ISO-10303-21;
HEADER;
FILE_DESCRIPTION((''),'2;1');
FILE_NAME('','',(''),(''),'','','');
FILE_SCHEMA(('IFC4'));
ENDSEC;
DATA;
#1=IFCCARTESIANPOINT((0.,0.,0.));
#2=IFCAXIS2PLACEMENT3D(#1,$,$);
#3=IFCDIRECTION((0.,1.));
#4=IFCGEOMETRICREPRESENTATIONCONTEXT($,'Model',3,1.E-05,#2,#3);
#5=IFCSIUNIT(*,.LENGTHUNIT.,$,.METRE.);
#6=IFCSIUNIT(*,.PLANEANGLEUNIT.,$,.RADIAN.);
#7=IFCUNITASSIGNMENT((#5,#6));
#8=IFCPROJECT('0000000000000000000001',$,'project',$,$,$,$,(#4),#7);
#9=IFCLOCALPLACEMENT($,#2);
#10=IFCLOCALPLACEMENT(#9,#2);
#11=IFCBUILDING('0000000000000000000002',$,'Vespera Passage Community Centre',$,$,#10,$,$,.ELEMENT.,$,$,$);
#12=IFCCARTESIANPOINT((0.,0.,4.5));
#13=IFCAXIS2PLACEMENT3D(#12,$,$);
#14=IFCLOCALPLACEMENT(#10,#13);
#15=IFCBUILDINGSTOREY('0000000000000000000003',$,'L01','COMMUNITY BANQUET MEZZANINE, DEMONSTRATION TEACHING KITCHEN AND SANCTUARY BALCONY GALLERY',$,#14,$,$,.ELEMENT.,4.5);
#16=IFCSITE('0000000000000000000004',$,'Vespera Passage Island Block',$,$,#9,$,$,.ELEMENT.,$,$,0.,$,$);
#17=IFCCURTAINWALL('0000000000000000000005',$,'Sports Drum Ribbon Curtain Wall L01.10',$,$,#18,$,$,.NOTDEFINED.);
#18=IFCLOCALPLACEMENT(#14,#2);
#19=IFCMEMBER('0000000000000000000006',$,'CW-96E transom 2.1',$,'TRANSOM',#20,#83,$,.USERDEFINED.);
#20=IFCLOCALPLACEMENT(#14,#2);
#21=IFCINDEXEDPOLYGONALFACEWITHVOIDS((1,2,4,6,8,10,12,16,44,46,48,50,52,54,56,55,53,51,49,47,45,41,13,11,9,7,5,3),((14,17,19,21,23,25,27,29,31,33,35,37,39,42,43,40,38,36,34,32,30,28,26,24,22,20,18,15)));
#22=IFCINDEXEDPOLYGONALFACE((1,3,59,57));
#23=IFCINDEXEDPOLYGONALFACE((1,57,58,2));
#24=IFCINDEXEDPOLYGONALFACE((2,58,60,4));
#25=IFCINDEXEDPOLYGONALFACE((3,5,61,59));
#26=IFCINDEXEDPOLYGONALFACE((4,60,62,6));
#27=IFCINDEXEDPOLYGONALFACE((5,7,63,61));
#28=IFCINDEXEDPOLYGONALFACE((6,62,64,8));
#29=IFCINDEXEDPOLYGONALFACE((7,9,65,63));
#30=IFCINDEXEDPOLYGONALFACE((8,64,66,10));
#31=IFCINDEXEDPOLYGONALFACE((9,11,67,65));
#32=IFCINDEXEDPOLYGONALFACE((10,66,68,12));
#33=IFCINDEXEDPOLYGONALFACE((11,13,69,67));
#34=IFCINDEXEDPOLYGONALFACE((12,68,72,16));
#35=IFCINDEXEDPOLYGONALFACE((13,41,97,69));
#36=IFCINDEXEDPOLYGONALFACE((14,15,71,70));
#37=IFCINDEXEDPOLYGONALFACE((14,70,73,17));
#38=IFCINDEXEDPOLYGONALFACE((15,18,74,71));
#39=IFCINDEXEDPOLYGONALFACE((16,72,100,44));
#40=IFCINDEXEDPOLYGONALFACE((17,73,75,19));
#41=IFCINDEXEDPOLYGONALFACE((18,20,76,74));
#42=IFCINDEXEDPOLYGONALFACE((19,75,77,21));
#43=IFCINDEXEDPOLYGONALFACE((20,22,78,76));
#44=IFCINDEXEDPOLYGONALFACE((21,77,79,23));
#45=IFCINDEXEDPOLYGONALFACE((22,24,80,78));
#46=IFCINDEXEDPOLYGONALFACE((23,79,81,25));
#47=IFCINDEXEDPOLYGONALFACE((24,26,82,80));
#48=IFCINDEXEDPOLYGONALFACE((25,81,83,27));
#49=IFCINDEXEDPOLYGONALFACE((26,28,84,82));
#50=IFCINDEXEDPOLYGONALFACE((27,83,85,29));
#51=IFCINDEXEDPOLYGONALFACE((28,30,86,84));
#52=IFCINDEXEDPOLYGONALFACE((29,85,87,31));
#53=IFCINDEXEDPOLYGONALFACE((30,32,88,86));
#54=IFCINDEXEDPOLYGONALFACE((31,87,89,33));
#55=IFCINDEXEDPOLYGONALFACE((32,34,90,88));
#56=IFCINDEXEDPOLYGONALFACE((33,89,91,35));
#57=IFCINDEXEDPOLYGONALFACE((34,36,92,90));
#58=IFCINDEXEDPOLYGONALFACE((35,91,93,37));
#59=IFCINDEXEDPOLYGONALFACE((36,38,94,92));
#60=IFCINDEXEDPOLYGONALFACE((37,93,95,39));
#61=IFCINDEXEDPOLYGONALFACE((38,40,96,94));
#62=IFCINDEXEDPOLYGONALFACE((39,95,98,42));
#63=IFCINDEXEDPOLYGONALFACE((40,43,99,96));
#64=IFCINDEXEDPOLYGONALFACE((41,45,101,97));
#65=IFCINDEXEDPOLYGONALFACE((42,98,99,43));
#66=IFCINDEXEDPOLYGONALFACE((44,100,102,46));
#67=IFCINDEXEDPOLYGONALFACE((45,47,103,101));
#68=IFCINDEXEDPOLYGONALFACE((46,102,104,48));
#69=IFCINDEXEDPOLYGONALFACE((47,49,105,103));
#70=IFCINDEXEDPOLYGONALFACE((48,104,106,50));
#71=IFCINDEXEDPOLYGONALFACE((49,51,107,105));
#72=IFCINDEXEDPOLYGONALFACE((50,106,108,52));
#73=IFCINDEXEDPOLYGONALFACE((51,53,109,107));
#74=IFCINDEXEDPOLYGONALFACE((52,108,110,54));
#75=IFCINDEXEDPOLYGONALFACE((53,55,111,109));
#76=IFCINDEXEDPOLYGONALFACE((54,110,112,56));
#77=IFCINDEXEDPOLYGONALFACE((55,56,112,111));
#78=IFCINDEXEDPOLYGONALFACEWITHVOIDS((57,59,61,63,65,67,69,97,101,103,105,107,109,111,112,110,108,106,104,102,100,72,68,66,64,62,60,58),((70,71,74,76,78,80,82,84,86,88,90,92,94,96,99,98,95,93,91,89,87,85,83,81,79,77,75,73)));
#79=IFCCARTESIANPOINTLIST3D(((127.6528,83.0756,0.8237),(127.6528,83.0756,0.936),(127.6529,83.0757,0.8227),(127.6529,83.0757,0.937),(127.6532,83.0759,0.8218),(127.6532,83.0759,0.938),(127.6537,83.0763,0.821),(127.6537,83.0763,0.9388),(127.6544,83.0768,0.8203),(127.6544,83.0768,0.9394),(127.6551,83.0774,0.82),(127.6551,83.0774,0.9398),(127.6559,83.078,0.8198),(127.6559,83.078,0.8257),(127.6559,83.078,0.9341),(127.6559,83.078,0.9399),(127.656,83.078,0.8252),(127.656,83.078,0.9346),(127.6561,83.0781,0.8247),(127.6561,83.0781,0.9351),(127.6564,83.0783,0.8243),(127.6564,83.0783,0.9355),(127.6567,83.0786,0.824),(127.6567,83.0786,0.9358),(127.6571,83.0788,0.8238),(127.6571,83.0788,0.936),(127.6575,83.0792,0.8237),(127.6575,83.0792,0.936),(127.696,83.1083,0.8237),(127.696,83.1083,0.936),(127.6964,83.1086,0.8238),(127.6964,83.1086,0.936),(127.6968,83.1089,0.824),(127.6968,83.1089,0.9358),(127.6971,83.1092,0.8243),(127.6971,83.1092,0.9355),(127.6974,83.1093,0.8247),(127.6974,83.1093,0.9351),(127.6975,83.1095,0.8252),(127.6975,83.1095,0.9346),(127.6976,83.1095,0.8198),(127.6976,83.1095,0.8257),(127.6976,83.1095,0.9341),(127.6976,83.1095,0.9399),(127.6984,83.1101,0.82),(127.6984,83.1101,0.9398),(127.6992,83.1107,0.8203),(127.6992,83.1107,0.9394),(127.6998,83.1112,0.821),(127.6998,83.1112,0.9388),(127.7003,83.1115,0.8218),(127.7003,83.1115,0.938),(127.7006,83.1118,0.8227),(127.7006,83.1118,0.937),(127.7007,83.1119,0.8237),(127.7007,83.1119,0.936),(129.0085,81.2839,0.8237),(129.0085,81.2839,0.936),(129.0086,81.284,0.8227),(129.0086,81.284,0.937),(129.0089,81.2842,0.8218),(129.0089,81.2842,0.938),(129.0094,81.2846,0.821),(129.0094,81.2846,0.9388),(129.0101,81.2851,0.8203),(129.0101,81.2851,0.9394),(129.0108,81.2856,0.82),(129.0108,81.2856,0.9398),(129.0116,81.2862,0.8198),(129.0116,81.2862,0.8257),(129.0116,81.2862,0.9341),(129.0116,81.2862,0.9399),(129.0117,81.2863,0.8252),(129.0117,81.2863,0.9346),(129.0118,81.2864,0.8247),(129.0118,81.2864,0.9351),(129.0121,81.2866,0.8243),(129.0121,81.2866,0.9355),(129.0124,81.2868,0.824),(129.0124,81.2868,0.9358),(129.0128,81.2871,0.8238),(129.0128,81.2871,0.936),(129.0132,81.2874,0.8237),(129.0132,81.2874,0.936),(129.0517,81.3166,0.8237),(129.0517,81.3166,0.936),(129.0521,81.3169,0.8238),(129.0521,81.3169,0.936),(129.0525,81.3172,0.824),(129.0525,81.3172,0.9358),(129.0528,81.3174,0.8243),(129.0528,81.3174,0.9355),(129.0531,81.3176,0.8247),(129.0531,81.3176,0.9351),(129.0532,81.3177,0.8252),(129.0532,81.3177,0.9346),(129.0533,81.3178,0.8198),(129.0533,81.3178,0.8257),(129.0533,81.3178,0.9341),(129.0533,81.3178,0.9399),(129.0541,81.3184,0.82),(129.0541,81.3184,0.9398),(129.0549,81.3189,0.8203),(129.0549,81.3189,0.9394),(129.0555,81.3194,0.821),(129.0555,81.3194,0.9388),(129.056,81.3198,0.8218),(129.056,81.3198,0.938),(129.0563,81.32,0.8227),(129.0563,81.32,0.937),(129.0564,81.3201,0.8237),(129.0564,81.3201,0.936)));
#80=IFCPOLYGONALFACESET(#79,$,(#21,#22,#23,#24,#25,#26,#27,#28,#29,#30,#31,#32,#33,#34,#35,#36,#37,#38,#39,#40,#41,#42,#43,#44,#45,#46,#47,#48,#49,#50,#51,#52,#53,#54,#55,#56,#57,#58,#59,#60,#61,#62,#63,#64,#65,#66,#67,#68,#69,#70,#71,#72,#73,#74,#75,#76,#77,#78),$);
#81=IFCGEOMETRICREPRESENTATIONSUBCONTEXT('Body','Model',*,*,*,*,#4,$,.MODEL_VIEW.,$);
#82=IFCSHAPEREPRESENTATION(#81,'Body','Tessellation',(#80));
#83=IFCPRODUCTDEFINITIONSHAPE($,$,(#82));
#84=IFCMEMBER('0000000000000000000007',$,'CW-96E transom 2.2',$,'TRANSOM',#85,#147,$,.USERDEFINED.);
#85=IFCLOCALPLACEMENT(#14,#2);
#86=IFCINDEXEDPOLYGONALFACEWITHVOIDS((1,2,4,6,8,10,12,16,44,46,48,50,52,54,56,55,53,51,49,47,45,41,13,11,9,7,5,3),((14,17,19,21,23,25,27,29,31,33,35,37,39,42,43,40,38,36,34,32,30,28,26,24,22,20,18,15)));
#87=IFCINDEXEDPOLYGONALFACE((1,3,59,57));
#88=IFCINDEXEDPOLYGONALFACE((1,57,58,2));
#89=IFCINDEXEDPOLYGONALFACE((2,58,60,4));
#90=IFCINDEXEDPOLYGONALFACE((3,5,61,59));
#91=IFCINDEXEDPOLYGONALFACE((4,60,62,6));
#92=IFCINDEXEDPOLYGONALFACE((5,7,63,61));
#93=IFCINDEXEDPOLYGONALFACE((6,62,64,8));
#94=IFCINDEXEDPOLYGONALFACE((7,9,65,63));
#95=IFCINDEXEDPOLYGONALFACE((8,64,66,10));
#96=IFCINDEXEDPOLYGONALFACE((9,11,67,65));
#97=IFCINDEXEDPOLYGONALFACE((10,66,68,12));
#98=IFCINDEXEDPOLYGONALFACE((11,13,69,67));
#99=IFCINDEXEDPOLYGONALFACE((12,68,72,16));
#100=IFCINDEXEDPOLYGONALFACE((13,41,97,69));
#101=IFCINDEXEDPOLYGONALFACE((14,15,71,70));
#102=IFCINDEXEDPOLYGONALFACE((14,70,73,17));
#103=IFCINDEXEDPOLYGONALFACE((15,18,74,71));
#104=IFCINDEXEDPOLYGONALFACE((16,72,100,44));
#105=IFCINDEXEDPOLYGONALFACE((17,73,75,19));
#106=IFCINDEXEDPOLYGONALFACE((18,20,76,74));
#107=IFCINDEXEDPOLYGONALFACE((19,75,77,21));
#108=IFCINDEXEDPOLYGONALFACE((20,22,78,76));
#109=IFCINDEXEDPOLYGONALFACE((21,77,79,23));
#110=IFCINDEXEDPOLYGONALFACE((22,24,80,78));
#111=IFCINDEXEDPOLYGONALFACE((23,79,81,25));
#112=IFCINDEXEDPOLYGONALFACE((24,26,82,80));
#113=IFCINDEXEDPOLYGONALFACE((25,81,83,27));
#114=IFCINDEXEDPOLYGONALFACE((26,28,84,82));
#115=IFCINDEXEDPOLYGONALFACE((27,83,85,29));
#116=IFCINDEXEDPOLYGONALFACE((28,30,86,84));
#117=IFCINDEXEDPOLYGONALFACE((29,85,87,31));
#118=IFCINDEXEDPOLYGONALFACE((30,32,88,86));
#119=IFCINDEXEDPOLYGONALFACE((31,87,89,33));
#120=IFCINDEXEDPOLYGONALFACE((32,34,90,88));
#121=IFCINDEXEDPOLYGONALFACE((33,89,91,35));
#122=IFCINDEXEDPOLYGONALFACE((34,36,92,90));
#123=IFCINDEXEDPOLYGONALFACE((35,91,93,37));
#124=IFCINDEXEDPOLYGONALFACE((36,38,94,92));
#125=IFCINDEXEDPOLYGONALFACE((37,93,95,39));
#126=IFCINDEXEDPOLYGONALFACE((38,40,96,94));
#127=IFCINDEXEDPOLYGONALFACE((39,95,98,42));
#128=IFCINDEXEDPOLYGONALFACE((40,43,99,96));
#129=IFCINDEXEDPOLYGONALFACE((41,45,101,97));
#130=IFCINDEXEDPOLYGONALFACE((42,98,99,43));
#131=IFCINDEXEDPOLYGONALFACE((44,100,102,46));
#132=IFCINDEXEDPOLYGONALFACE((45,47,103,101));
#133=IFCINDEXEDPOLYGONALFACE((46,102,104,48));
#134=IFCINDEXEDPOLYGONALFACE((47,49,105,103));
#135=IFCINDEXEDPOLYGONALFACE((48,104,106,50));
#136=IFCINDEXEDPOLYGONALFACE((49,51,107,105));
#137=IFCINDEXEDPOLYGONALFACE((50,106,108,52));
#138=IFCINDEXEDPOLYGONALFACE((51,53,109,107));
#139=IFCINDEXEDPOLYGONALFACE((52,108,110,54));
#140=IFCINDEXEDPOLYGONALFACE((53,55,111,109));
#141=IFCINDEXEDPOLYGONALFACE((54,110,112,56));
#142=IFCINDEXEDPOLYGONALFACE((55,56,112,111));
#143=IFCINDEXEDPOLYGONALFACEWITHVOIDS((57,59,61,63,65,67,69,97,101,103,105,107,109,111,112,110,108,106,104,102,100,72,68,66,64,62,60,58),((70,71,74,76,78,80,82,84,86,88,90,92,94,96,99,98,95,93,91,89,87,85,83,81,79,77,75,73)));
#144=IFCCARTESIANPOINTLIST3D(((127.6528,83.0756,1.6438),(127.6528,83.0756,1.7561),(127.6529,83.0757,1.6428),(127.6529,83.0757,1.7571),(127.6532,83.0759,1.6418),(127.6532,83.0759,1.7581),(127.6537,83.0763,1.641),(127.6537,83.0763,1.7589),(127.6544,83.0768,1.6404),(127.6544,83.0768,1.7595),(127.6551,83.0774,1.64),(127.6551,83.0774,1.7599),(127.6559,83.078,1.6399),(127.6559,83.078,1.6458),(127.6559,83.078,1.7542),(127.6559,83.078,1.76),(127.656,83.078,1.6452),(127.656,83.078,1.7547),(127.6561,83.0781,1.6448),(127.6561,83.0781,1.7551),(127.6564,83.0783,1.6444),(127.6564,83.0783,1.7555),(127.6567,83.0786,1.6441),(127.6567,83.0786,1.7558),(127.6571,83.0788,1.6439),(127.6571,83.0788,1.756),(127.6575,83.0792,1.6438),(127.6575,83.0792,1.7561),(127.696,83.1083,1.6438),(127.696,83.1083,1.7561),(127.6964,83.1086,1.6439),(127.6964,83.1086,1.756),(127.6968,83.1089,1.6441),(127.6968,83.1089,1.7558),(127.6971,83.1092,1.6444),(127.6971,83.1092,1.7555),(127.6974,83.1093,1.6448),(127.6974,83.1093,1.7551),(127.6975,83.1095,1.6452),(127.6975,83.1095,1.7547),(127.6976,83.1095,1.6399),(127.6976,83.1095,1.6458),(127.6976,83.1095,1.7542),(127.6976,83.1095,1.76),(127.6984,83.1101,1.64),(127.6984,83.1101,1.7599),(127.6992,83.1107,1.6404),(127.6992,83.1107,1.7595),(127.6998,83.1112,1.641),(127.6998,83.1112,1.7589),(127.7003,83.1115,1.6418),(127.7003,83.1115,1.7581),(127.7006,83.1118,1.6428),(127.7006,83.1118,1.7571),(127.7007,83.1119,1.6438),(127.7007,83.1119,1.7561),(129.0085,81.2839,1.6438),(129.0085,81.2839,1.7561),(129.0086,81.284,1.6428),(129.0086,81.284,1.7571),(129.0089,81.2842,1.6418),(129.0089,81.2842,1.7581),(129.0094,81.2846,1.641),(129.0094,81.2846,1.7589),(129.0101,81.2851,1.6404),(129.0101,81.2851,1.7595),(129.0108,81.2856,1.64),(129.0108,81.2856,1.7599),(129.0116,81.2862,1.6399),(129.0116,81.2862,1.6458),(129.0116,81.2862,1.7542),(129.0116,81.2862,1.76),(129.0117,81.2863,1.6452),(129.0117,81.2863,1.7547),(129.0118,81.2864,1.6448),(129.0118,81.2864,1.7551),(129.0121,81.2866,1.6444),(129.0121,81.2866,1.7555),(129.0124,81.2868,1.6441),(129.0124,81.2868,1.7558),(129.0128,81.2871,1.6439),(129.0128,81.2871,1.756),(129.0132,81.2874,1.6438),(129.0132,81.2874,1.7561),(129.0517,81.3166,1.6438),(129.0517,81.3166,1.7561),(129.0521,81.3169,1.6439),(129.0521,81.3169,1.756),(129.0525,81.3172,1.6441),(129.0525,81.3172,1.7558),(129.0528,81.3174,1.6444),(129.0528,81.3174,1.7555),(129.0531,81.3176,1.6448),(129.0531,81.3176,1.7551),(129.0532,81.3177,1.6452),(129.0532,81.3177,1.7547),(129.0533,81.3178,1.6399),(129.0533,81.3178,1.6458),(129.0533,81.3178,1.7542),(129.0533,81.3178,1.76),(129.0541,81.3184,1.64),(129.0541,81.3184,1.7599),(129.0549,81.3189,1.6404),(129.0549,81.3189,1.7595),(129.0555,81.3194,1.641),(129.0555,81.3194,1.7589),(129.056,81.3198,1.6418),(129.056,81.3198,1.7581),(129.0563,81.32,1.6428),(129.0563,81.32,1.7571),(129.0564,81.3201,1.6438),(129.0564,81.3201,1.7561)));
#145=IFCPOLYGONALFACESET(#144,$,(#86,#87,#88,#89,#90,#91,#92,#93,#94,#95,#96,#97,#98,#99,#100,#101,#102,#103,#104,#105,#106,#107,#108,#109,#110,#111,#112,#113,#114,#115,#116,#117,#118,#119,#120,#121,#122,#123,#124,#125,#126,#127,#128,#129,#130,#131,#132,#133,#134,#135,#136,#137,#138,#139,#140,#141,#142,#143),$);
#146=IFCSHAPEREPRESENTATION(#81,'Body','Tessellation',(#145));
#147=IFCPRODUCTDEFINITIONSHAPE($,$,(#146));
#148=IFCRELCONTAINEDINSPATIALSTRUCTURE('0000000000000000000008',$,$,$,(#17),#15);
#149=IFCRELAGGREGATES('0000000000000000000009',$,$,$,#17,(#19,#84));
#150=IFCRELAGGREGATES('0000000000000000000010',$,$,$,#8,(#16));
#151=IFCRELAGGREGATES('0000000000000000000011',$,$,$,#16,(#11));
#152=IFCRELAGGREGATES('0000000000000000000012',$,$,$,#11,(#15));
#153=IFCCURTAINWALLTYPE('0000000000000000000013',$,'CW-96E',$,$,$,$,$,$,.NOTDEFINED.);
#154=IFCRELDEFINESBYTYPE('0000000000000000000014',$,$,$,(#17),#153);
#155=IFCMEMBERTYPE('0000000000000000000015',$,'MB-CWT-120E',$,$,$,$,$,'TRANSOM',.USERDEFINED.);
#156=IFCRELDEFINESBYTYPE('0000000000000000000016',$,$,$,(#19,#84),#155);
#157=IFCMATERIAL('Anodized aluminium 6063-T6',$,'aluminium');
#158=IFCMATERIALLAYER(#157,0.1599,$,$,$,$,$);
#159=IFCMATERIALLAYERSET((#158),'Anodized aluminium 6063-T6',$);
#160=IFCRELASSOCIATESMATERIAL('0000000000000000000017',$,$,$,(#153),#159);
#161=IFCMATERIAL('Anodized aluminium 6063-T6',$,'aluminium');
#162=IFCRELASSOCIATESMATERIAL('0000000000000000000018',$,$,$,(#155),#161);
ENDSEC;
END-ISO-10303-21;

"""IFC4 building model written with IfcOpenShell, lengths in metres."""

from ifc_helpers import new_model, si_unit, direction, frame, origin, origin_2d, place, context, subcontext, project, spatial, hollow_rectangle, extrude, material, layer, layer_set, material_profile, profile_set, type_object, element, aggregate, save


model = new_model("IFC4")

# Units and contexts
model_context = context("Model", 3, precision=1e-05, world=origin(), true_north=direction((0.0, 1.0)))
body_context = subcontext(model_context, "Body", "Model", "MODEL_VIEW")
ifc_project = project(units=[si_unit("LENGTHUNIT", "METRE"), si_unit("PLANEANGLEUNIT", "RADIAN")], contexts=[model_context])

# Site, building, storey
site_placement = place(None, origin())
site = spatial("IfcSite", under=ifc_project, at=site_placement, Name="Vespera Passage Island Block", CompositionType="ELEMENT", RefElevation=0.0)
building_placement = place(site_placement, origin())
building = spatial("IfcBuilding", under=site, at=building_placement, Name="Vespera Passage Community Centre", CompositionType="ELEMENT")
storey_placement = place(building_placement, frame((0.0, 0.0, 4.5)))
storey = spatial("IfcBuildingStorey", under=building, at=storey_placement, Name="L01", Description="COMMUNITY BANQUET MEZZANINE, DEMONSTRATION TEACHING KITCHEN AND SANCTUARY BALCONY GALLERY", CompositionType="ELEMENT", Elevation=4.5)

# Curtain wall
ifc_material_1 = material(Name="Anodized aluminium 6063-T6", Category="aluminium")
ifc_layer_1 = layer(ifc_material_1, 0.1599)
ifc_layer_set_1 = layer_set([ifc_layer_1], Name="Anodized aluminium 6063-T6")
curtain_wall_type_1 = type_object("IfcCurtainWallType", Name="CW-96E", PredefinedType="NOTDEFINED", material=ifc_layer_set_1)
curtain_wall_1_placement = place(storey_placement, origin())
curtain_wall_1 = element("IfcCurtainWall", 1, at=curtain_wall_1_placement, inside=storey, type_object=curtain_wall_type_1, Name="Sports Drum Ribbon Curtain Wall L01.10", PredefinedType="NOTDEFINED")

# Members
ifc_material_2 = material(Name="Anodized aluminium 6063-T6", Category="aluminium")
ifc_material_profile_1 = material_profile(ifc_material_2, hollow_rectangle(XDim=0.0601, YDim=0.1201, WallThickness=0.0039, InnerFilletRadius=0.002, OuterFilletRadius=0.0039, at=origin_2d()), Name="ALU120X60X4")
ifc_profile_set_1 = profile_set([ifc_material_profile_1], Name="Anodized aluminium 6063-T6")
member_type_1 = type_object("IfcMemberType", Name="MB-CWT-120E", ElementType="TRANSOM", PredefinedType="USERDEFINED", material=ifc_profile_set_1)
member_1_placement = place(storey_placement, frame((129.0325, 81.302, 0.8799), z_axis=(-0.603385, 0.79745, 0.0), x_axis=(-0.79745, -0.603385, 0.0)))
member_1 = element("IfcMember", 2, at=member_1_placement, type_object=member_type_1, Name="CW-96E transom 2.1", ObjectType="TRANSOM", PredefinedType="USERDEFINED", context=body_context, shape_type="SweptSolid", body=[
    extrude(hollow_rectangle(XDim=0.0601, YDim=0.1201, WallThickness=0.0039, InnerFilletRadius=0.002, OuterFilletRadius=0.0039, at=origin_2d()), origin(), (0.0, 0.0, 1.0), 2.2468),
])
member_2_placement = place(storey_placement, frame((129.0325, 81.302, 1.7), z_axis=(-0.603385, 0.79745, 0.0), x_axis=(-0.79745, -0.603385, 0.0)))
member_2 = element("IfcMember", 3, at=member_2_placement, type_object=member_type_1, Name="CW-96E transom 2.2", ObjectType="TRANSOM", PredefinedType="USERDEFINED", context=body_context, shape_type="SweptSolid", body=[
    extrude(hollow_rectangle(XDim=0.0601, YDim=0.1201, WallThickness=0.0039, InnerFilletRadius=0.002, OuterFilletRadius=0.0039, at=origin_2d()), origin(), (0.0, 0.0, 1.0), 2.2468),
])

aggregate(curtain_wall_1, [member_1, member_2])

save(model, "model.ifc")
